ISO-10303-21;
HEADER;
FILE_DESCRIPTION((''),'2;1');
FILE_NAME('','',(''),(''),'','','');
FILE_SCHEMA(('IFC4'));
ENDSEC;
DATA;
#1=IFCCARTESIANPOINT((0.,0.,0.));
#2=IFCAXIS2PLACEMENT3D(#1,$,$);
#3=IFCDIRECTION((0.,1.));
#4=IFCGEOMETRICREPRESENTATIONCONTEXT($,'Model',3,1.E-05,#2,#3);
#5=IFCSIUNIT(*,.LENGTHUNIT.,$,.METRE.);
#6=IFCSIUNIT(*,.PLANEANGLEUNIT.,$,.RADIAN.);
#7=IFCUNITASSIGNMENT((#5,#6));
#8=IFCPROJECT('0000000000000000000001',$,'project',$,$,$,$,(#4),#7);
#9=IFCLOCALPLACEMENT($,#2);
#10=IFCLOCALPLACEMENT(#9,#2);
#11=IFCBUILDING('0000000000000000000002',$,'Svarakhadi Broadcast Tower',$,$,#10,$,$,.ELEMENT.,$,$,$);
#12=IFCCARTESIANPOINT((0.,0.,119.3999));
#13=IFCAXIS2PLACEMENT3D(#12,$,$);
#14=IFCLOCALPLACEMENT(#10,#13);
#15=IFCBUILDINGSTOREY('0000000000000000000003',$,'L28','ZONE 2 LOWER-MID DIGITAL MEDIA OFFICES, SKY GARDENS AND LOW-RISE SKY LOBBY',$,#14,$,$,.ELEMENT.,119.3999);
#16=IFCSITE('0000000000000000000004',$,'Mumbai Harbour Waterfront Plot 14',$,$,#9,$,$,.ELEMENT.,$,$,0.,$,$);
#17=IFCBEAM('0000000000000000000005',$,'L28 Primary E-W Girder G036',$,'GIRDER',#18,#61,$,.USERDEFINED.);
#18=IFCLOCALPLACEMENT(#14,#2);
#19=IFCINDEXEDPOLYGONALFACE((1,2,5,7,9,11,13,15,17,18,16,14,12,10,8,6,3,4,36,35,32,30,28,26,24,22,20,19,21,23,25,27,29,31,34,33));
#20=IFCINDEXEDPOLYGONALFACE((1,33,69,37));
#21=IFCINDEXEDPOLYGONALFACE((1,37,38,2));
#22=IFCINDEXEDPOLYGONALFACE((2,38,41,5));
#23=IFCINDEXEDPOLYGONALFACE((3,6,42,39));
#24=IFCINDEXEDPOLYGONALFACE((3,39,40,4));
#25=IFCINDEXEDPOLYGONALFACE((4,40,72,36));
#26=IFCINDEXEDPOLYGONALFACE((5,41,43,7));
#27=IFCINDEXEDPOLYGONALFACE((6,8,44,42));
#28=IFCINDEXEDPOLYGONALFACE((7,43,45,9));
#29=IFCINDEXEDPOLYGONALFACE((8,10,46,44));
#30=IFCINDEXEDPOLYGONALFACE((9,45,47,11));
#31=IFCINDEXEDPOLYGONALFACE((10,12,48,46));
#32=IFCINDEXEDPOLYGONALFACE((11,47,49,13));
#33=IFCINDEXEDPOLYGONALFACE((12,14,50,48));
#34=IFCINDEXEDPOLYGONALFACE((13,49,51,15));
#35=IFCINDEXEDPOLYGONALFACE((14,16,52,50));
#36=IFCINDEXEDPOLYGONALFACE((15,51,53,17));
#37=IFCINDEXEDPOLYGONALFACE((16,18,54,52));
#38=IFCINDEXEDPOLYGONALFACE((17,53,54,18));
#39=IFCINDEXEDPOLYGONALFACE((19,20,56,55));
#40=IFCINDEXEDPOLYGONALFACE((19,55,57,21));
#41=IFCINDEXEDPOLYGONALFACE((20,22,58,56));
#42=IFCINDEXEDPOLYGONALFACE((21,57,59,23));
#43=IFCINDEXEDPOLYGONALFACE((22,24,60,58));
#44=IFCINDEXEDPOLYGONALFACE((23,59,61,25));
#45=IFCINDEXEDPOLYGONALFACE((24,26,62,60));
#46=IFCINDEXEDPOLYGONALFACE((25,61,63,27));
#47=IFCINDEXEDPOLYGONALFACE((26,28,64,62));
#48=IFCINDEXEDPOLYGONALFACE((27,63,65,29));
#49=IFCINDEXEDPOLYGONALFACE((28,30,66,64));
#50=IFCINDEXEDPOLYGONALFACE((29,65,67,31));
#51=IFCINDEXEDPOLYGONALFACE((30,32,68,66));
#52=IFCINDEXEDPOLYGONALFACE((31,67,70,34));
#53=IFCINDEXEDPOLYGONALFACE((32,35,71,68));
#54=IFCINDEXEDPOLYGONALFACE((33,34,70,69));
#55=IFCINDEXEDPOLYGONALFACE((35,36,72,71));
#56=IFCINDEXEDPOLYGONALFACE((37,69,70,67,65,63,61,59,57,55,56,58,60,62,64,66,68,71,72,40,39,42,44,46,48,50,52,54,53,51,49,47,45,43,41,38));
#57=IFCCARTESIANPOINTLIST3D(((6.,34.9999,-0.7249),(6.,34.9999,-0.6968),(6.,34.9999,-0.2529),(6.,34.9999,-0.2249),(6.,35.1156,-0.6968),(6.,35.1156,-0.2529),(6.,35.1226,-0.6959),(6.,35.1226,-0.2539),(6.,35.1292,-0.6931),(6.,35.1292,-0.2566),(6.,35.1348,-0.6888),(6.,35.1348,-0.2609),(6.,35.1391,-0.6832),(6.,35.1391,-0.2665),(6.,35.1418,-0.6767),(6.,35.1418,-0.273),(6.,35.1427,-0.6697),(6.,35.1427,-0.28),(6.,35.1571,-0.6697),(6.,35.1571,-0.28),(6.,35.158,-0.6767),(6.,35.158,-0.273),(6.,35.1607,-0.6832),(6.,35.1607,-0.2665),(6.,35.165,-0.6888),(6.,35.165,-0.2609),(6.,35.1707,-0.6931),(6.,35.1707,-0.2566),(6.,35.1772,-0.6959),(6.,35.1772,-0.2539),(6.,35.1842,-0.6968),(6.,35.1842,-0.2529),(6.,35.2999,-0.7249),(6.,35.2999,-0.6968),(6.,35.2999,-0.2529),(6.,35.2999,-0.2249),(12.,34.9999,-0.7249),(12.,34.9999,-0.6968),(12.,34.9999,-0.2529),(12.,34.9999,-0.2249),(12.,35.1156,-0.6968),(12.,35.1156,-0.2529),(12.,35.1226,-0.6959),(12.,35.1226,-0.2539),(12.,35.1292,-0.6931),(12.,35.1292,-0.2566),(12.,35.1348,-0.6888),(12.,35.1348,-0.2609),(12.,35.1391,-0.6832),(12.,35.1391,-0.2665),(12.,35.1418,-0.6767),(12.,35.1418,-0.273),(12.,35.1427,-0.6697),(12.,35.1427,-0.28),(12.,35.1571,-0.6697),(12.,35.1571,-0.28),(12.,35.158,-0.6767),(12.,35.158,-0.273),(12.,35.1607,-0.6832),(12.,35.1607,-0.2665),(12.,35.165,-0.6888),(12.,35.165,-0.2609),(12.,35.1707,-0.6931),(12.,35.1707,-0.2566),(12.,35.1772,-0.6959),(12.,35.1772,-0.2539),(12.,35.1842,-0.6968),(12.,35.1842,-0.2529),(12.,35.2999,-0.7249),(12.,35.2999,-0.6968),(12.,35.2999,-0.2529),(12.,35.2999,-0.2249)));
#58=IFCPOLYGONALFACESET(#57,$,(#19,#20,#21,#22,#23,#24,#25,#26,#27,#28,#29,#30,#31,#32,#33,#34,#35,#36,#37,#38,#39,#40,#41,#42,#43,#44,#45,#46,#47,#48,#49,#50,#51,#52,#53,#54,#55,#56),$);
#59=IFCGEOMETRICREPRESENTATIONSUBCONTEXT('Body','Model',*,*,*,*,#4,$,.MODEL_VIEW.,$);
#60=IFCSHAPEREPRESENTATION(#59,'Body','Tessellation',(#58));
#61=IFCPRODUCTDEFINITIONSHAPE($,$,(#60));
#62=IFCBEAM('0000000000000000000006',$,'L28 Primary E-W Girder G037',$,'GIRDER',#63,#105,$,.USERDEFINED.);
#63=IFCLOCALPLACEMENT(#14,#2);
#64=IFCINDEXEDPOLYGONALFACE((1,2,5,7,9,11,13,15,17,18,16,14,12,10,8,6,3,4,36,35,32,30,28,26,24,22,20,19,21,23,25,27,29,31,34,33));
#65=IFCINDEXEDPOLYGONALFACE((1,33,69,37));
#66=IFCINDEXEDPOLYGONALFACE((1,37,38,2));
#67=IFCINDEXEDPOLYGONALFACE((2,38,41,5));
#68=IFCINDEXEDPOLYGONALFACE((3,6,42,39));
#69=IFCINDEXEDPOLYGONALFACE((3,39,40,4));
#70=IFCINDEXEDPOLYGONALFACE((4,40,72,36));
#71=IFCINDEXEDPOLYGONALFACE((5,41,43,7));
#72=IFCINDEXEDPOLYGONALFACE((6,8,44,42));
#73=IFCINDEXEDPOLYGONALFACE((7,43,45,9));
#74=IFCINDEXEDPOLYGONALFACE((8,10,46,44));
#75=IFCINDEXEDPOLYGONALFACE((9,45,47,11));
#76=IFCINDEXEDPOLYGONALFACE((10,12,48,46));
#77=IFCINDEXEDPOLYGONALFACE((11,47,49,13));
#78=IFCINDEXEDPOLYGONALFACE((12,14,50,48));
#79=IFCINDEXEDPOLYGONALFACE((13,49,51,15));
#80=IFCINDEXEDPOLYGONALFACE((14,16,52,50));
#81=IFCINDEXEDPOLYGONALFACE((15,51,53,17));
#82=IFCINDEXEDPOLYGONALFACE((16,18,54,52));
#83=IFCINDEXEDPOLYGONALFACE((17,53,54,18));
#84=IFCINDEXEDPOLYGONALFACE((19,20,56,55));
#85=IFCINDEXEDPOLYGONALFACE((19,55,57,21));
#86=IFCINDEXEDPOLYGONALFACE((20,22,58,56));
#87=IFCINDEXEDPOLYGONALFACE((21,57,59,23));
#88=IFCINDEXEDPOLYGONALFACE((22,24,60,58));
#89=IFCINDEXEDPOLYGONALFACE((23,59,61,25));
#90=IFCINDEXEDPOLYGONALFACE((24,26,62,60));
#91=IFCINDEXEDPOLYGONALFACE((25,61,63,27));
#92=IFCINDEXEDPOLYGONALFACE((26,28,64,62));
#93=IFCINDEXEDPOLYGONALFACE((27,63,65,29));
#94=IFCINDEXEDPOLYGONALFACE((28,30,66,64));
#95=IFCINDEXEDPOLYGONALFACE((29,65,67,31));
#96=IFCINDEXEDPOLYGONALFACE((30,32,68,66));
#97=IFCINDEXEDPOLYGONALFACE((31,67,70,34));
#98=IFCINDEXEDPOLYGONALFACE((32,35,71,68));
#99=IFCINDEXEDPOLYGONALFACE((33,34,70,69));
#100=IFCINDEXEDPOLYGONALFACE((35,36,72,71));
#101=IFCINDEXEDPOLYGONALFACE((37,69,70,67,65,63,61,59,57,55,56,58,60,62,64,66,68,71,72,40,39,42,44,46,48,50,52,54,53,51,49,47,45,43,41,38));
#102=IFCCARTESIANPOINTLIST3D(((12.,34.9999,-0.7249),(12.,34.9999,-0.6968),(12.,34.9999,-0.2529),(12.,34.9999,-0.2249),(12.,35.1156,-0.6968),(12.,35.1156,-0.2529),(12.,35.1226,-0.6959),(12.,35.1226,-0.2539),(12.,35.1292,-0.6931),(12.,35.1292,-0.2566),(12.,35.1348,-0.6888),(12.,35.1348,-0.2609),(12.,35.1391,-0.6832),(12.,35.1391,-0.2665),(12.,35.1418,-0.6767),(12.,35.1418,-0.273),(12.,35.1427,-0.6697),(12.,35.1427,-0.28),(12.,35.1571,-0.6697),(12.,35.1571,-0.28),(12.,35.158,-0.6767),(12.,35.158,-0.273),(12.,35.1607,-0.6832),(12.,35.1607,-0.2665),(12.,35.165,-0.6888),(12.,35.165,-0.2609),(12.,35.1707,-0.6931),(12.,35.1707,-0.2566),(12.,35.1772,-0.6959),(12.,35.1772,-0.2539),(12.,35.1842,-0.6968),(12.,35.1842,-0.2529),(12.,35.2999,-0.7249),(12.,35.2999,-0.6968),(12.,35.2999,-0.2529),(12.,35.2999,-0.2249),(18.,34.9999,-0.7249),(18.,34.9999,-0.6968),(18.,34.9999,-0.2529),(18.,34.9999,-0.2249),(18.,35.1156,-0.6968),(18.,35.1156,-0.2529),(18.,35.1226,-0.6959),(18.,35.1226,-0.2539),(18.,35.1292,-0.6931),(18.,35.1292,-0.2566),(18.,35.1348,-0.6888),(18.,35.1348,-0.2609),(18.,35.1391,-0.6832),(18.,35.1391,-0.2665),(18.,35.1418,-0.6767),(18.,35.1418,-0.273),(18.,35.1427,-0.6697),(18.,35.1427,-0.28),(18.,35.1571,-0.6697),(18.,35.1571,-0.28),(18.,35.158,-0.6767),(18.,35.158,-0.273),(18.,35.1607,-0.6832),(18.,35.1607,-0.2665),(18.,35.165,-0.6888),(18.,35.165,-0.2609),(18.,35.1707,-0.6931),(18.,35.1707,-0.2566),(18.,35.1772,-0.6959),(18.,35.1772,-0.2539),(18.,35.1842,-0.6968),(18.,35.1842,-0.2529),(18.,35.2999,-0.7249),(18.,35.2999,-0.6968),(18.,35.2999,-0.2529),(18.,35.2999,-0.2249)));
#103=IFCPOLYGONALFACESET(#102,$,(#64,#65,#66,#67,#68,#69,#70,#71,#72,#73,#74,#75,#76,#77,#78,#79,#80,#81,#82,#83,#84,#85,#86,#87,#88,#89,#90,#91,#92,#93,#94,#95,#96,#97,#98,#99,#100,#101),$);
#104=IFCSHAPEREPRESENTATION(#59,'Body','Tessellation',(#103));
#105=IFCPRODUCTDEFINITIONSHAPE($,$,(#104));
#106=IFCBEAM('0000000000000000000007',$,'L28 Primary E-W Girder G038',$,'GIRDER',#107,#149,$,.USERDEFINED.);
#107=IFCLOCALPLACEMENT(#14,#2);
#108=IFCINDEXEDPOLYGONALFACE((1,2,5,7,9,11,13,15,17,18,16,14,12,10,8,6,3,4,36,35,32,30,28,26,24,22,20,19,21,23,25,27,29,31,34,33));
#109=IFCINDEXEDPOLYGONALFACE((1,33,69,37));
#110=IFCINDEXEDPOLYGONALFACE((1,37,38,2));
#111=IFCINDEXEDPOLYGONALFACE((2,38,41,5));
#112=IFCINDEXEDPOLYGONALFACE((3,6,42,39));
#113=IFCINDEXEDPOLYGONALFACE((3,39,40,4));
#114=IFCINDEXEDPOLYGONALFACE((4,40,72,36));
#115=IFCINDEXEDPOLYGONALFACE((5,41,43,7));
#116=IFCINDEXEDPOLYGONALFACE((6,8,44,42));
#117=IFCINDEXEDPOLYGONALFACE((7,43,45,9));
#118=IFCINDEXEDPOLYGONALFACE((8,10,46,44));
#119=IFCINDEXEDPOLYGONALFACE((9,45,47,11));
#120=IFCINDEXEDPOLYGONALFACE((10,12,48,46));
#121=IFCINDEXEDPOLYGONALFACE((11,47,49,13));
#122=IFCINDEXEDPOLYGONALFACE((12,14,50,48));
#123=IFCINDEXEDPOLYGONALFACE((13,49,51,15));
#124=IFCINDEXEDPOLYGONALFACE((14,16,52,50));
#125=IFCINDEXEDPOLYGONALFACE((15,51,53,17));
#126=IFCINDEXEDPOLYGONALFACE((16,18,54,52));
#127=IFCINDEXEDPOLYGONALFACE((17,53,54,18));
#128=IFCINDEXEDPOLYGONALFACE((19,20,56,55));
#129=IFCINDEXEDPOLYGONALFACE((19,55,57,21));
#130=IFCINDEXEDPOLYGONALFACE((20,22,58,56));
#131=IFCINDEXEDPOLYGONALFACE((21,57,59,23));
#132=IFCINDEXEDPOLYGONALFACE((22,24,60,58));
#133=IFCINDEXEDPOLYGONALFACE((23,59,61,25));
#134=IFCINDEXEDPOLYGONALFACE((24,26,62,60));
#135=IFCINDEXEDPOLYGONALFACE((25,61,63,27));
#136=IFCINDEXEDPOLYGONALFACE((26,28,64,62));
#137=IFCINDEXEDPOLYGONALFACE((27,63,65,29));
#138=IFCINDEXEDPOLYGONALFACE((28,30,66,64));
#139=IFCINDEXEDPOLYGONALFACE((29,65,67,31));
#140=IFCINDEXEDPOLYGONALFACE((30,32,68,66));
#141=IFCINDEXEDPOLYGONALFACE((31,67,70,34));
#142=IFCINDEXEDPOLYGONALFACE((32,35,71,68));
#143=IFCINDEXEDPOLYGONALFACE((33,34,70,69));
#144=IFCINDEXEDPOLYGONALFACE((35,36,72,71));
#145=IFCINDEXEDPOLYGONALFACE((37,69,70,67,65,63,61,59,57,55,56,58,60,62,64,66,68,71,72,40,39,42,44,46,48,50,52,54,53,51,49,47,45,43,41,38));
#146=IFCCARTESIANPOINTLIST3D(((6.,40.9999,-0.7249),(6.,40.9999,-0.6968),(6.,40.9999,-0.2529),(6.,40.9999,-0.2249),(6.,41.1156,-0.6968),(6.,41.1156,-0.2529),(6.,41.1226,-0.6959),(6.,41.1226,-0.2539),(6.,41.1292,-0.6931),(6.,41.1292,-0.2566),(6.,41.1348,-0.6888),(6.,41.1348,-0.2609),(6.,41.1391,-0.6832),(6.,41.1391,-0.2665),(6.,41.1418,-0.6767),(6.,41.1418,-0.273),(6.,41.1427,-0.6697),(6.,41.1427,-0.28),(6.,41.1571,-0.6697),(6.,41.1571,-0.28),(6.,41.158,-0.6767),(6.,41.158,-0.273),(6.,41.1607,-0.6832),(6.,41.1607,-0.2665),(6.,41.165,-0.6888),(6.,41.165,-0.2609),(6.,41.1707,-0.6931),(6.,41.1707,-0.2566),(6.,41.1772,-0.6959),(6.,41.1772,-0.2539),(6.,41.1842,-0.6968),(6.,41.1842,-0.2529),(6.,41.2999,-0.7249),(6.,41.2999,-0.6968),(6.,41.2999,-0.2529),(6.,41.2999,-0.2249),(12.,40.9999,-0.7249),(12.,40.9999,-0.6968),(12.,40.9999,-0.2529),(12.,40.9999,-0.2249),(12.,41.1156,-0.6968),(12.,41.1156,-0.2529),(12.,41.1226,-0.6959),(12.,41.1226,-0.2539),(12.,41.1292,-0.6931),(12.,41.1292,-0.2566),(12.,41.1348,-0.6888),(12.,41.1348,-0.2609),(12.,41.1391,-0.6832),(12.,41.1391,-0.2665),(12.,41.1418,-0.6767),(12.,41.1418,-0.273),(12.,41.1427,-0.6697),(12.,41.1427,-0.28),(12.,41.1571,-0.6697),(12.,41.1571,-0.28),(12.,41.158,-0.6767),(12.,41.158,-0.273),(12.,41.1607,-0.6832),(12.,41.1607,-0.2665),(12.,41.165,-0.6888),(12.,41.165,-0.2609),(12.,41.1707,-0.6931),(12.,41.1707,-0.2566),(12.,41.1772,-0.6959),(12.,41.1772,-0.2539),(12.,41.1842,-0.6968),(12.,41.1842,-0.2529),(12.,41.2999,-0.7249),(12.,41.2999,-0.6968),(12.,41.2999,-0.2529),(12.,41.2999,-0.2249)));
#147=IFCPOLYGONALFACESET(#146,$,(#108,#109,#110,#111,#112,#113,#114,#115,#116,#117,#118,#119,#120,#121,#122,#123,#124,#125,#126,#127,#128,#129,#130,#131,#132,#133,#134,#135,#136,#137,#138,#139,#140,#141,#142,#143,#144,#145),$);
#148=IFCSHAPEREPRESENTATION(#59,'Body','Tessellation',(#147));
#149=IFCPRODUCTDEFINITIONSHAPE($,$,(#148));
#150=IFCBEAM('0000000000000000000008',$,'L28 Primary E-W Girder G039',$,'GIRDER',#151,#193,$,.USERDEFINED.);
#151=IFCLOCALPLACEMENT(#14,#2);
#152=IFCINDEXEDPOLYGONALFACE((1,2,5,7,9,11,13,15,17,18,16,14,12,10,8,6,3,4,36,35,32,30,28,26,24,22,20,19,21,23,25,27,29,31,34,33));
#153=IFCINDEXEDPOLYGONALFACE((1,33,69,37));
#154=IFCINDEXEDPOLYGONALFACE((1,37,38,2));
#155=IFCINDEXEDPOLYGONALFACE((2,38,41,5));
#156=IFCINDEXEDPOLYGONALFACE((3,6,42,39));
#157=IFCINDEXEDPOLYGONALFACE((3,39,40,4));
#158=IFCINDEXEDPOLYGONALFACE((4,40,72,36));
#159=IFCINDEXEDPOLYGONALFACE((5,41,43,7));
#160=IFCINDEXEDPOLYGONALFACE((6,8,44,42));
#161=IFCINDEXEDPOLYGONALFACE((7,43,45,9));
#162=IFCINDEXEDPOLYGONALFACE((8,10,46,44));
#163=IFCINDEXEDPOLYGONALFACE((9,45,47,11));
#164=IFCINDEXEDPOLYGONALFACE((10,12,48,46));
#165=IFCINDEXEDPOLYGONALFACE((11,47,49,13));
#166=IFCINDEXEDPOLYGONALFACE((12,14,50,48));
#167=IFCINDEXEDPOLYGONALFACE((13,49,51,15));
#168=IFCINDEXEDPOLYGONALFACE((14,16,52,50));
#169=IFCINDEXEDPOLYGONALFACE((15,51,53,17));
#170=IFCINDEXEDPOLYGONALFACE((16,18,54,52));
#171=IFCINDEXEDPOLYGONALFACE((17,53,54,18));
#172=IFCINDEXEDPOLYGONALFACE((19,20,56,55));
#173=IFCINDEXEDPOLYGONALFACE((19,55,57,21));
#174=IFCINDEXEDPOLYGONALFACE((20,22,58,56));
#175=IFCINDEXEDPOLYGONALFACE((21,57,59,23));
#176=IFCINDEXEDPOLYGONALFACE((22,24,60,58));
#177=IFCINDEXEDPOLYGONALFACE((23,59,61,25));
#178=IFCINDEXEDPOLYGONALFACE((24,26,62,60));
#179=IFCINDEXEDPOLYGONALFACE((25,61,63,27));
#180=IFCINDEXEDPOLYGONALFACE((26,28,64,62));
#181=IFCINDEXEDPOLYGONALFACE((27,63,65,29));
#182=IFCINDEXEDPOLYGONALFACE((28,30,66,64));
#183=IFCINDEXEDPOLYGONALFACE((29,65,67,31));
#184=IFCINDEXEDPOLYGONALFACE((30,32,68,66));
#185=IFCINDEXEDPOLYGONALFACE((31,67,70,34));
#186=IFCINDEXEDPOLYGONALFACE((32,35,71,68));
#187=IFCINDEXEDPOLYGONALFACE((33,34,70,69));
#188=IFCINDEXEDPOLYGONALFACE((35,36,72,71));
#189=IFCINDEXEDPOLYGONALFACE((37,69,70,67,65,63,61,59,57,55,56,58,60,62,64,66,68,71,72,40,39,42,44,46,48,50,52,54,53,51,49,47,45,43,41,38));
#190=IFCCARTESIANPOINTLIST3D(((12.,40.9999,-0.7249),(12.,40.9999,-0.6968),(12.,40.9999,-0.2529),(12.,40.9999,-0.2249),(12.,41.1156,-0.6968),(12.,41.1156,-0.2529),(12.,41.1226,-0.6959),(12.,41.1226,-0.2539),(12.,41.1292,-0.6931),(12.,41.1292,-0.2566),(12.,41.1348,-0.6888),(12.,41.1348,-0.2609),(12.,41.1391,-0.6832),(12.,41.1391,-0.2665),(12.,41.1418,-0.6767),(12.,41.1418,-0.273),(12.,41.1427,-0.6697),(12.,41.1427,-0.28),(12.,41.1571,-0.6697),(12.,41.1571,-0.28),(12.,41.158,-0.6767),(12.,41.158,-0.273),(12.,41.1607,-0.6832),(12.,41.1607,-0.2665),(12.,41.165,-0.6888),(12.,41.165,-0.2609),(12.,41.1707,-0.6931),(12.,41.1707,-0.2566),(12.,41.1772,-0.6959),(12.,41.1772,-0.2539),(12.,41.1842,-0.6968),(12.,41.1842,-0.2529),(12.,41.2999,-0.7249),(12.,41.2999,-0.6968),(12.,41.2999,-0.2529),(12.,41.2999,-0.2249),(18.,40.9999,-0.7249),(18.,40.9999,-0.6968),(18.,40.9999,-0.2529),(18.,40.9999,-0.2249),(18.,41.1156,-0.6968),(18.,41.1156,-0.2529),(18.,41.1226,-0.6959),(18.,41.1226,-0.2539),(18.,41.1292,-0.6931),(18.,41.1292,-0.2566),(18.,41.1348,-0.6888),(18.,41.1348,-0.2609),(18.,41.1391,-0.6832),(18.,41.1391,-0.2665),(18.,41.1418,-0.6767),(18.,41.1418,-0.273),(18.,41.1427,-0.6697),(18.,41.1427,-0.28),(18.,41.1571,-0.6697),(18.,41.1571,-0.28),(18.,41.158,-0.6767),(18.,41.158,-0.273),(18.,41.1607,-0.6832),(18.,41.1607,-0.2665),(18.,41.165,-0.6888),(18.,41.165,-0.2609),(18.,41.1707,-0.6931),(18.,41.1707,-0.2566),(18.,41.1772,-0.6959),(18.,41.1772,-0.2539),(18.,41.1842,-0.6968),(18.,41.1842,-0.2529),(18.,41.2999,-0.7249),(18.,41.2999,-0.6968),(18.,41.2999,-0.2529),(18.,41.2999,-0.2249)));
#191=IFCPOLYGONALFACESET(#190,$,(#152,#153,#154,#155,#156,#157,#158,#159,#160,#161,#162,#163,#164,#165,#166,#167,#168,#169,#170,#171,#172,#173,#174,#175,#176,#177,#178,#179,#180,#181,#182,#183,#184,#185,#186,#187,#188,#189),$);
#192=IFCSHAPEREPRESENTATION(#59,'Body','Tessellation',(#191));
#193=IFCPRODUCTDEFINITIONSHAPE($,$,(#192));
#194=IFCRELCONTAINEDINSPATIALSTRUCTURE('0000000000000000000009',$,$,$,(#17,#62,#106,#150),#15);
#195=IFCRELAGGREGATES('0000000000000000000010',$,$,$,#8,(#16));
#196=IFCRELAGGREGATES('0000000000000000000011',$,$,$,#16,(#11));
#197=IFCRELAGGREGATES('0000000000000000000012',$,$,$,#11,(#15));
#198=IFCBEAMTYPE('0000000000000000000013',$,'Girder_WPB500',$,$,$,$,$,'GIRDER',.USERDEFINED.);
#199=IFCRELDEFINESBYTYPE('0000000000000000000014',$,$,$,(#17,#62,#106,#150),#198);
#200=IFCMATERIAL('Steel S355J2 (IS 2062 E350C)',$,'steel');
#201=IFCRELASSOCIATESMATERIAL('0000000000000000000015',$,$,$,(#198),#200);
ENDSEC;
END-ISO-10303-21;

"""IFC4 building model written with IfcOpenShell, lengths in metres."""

from ifc_helpers import new_model, si_unit, direction, frame, origin, origin_2d, place, context, subcontext, project, spatial, i_section, extrude, material, material_profile, profile_set, type_object, element, save


model = new_model("IFC4")

# Units and contexts
model_context = context("Model", 3, precision=1e-05, world=origin(), true_north=direction((0.0, 1.0)))
body_context = subcontext(model_context, "Body", "Model", "MODEL_VIEW")
ifc_project = project(units=[si_unit("LENGTHUNIT", "METRE"), si_unit("PLANEANGLEUNIT", "RADIAN")], contexts=[model_context])

# Site, building, storey
site_placement = place(None, origin())
site = spatial("IfcSite", under=ifc_project, at=site_placement, Name="Mumbai Harbour Waterfront Plot 14", CompositionType="ELEMENT", RefElevation=0.0)
building_placement = place(site_placement, origin())
building = spatial("IfcBuilding", under=site, at=building_placement, Name="Svarakhadi Broadcast Tower", CompositionType="ELEMENT")
storey_placement = place(building_placement, frame((0.0, 0.0, 119.3999)))
storey = spatial("IfcBuildingStorey", under=building, at=storey_placement, Name="L28", Description="ZONE 2 LOWER-MID DIGITAL MEDIA OFFICES, SKY GARDENS AND LOW-RISE SKY LOBBY", CompositionType="ELEMENT", Elevation=119.3999)

# Shared definitions
ifc_material_1 = material(Name="Steel S355J2 (IS 2062 E350C)", Category="steel")

# Beams
ifc_material_profile_1 = material_profile(ifc_material_1, i_section(OverallWidth=0.3, OverallDepth=0.5, WebThickness=0.0144, FlangeThickness=0.0281, FilletRadius=0.0271, at=origin_2d()), Name="WPB 500x300x187")
ifc_profile_set_1 = profile_set([ifc_material_profile_1], Name="Steel S355J2 (IS 2062 E350C)")
beam_type_1 = type_object("IfcBeamType", Name="Girder_WPB500", ElementType="GIRDER", PredefinedType="USERDEFINED", material=ifc_profile_set_1)
for number, where, z_axis, x_axis, name in (
    (1, (6.0, 35.1499, -0.4749), (1.0, 0.0, 0.0), (0.0, 1.0, 0.0), "L28 Primary E-W Girder G036"),
    (2, (12.0, 35.1499, -0.4749), (1.0, 0.0, 0.0), (0.0, 1.0, 0.0), "L28 Primary E-W Girder G037"),
    (3, (6.0, 41.1499, -0.4749), (1.0, 0.0, 0.0), (0.0, 1.0, 0.0), "L28 Primary E-W Girder G038"),
    (4, (12.0, 41.1499, -0.4749), (1.0, 0.0, 0.0), (0.0, 1.0, 0.0), "L28 Primary E-W Girder G039"),
):
    element("IfcBeam", number, at=place(storey_placement, frame(where, z_axis=z_axis, x_axis=x_axis)), inside=storey, type_object=beam_type_1, Name=name, ObjectType="GIRDER", PredefinedType="USERDEFINED", context=body_context, shape_type="SweptSolid", body=[
        extrude(i_section(OverallWidth=0.3, OverallDepth=0.5, WebThickness=0.0144, FlangeThickness=0.0281, FilletRadius=0.0271, at=origin_2d()), origin(), (0.0, 0.0, 1.0), 6.0),
    ])

save(model, "model.ifc")
